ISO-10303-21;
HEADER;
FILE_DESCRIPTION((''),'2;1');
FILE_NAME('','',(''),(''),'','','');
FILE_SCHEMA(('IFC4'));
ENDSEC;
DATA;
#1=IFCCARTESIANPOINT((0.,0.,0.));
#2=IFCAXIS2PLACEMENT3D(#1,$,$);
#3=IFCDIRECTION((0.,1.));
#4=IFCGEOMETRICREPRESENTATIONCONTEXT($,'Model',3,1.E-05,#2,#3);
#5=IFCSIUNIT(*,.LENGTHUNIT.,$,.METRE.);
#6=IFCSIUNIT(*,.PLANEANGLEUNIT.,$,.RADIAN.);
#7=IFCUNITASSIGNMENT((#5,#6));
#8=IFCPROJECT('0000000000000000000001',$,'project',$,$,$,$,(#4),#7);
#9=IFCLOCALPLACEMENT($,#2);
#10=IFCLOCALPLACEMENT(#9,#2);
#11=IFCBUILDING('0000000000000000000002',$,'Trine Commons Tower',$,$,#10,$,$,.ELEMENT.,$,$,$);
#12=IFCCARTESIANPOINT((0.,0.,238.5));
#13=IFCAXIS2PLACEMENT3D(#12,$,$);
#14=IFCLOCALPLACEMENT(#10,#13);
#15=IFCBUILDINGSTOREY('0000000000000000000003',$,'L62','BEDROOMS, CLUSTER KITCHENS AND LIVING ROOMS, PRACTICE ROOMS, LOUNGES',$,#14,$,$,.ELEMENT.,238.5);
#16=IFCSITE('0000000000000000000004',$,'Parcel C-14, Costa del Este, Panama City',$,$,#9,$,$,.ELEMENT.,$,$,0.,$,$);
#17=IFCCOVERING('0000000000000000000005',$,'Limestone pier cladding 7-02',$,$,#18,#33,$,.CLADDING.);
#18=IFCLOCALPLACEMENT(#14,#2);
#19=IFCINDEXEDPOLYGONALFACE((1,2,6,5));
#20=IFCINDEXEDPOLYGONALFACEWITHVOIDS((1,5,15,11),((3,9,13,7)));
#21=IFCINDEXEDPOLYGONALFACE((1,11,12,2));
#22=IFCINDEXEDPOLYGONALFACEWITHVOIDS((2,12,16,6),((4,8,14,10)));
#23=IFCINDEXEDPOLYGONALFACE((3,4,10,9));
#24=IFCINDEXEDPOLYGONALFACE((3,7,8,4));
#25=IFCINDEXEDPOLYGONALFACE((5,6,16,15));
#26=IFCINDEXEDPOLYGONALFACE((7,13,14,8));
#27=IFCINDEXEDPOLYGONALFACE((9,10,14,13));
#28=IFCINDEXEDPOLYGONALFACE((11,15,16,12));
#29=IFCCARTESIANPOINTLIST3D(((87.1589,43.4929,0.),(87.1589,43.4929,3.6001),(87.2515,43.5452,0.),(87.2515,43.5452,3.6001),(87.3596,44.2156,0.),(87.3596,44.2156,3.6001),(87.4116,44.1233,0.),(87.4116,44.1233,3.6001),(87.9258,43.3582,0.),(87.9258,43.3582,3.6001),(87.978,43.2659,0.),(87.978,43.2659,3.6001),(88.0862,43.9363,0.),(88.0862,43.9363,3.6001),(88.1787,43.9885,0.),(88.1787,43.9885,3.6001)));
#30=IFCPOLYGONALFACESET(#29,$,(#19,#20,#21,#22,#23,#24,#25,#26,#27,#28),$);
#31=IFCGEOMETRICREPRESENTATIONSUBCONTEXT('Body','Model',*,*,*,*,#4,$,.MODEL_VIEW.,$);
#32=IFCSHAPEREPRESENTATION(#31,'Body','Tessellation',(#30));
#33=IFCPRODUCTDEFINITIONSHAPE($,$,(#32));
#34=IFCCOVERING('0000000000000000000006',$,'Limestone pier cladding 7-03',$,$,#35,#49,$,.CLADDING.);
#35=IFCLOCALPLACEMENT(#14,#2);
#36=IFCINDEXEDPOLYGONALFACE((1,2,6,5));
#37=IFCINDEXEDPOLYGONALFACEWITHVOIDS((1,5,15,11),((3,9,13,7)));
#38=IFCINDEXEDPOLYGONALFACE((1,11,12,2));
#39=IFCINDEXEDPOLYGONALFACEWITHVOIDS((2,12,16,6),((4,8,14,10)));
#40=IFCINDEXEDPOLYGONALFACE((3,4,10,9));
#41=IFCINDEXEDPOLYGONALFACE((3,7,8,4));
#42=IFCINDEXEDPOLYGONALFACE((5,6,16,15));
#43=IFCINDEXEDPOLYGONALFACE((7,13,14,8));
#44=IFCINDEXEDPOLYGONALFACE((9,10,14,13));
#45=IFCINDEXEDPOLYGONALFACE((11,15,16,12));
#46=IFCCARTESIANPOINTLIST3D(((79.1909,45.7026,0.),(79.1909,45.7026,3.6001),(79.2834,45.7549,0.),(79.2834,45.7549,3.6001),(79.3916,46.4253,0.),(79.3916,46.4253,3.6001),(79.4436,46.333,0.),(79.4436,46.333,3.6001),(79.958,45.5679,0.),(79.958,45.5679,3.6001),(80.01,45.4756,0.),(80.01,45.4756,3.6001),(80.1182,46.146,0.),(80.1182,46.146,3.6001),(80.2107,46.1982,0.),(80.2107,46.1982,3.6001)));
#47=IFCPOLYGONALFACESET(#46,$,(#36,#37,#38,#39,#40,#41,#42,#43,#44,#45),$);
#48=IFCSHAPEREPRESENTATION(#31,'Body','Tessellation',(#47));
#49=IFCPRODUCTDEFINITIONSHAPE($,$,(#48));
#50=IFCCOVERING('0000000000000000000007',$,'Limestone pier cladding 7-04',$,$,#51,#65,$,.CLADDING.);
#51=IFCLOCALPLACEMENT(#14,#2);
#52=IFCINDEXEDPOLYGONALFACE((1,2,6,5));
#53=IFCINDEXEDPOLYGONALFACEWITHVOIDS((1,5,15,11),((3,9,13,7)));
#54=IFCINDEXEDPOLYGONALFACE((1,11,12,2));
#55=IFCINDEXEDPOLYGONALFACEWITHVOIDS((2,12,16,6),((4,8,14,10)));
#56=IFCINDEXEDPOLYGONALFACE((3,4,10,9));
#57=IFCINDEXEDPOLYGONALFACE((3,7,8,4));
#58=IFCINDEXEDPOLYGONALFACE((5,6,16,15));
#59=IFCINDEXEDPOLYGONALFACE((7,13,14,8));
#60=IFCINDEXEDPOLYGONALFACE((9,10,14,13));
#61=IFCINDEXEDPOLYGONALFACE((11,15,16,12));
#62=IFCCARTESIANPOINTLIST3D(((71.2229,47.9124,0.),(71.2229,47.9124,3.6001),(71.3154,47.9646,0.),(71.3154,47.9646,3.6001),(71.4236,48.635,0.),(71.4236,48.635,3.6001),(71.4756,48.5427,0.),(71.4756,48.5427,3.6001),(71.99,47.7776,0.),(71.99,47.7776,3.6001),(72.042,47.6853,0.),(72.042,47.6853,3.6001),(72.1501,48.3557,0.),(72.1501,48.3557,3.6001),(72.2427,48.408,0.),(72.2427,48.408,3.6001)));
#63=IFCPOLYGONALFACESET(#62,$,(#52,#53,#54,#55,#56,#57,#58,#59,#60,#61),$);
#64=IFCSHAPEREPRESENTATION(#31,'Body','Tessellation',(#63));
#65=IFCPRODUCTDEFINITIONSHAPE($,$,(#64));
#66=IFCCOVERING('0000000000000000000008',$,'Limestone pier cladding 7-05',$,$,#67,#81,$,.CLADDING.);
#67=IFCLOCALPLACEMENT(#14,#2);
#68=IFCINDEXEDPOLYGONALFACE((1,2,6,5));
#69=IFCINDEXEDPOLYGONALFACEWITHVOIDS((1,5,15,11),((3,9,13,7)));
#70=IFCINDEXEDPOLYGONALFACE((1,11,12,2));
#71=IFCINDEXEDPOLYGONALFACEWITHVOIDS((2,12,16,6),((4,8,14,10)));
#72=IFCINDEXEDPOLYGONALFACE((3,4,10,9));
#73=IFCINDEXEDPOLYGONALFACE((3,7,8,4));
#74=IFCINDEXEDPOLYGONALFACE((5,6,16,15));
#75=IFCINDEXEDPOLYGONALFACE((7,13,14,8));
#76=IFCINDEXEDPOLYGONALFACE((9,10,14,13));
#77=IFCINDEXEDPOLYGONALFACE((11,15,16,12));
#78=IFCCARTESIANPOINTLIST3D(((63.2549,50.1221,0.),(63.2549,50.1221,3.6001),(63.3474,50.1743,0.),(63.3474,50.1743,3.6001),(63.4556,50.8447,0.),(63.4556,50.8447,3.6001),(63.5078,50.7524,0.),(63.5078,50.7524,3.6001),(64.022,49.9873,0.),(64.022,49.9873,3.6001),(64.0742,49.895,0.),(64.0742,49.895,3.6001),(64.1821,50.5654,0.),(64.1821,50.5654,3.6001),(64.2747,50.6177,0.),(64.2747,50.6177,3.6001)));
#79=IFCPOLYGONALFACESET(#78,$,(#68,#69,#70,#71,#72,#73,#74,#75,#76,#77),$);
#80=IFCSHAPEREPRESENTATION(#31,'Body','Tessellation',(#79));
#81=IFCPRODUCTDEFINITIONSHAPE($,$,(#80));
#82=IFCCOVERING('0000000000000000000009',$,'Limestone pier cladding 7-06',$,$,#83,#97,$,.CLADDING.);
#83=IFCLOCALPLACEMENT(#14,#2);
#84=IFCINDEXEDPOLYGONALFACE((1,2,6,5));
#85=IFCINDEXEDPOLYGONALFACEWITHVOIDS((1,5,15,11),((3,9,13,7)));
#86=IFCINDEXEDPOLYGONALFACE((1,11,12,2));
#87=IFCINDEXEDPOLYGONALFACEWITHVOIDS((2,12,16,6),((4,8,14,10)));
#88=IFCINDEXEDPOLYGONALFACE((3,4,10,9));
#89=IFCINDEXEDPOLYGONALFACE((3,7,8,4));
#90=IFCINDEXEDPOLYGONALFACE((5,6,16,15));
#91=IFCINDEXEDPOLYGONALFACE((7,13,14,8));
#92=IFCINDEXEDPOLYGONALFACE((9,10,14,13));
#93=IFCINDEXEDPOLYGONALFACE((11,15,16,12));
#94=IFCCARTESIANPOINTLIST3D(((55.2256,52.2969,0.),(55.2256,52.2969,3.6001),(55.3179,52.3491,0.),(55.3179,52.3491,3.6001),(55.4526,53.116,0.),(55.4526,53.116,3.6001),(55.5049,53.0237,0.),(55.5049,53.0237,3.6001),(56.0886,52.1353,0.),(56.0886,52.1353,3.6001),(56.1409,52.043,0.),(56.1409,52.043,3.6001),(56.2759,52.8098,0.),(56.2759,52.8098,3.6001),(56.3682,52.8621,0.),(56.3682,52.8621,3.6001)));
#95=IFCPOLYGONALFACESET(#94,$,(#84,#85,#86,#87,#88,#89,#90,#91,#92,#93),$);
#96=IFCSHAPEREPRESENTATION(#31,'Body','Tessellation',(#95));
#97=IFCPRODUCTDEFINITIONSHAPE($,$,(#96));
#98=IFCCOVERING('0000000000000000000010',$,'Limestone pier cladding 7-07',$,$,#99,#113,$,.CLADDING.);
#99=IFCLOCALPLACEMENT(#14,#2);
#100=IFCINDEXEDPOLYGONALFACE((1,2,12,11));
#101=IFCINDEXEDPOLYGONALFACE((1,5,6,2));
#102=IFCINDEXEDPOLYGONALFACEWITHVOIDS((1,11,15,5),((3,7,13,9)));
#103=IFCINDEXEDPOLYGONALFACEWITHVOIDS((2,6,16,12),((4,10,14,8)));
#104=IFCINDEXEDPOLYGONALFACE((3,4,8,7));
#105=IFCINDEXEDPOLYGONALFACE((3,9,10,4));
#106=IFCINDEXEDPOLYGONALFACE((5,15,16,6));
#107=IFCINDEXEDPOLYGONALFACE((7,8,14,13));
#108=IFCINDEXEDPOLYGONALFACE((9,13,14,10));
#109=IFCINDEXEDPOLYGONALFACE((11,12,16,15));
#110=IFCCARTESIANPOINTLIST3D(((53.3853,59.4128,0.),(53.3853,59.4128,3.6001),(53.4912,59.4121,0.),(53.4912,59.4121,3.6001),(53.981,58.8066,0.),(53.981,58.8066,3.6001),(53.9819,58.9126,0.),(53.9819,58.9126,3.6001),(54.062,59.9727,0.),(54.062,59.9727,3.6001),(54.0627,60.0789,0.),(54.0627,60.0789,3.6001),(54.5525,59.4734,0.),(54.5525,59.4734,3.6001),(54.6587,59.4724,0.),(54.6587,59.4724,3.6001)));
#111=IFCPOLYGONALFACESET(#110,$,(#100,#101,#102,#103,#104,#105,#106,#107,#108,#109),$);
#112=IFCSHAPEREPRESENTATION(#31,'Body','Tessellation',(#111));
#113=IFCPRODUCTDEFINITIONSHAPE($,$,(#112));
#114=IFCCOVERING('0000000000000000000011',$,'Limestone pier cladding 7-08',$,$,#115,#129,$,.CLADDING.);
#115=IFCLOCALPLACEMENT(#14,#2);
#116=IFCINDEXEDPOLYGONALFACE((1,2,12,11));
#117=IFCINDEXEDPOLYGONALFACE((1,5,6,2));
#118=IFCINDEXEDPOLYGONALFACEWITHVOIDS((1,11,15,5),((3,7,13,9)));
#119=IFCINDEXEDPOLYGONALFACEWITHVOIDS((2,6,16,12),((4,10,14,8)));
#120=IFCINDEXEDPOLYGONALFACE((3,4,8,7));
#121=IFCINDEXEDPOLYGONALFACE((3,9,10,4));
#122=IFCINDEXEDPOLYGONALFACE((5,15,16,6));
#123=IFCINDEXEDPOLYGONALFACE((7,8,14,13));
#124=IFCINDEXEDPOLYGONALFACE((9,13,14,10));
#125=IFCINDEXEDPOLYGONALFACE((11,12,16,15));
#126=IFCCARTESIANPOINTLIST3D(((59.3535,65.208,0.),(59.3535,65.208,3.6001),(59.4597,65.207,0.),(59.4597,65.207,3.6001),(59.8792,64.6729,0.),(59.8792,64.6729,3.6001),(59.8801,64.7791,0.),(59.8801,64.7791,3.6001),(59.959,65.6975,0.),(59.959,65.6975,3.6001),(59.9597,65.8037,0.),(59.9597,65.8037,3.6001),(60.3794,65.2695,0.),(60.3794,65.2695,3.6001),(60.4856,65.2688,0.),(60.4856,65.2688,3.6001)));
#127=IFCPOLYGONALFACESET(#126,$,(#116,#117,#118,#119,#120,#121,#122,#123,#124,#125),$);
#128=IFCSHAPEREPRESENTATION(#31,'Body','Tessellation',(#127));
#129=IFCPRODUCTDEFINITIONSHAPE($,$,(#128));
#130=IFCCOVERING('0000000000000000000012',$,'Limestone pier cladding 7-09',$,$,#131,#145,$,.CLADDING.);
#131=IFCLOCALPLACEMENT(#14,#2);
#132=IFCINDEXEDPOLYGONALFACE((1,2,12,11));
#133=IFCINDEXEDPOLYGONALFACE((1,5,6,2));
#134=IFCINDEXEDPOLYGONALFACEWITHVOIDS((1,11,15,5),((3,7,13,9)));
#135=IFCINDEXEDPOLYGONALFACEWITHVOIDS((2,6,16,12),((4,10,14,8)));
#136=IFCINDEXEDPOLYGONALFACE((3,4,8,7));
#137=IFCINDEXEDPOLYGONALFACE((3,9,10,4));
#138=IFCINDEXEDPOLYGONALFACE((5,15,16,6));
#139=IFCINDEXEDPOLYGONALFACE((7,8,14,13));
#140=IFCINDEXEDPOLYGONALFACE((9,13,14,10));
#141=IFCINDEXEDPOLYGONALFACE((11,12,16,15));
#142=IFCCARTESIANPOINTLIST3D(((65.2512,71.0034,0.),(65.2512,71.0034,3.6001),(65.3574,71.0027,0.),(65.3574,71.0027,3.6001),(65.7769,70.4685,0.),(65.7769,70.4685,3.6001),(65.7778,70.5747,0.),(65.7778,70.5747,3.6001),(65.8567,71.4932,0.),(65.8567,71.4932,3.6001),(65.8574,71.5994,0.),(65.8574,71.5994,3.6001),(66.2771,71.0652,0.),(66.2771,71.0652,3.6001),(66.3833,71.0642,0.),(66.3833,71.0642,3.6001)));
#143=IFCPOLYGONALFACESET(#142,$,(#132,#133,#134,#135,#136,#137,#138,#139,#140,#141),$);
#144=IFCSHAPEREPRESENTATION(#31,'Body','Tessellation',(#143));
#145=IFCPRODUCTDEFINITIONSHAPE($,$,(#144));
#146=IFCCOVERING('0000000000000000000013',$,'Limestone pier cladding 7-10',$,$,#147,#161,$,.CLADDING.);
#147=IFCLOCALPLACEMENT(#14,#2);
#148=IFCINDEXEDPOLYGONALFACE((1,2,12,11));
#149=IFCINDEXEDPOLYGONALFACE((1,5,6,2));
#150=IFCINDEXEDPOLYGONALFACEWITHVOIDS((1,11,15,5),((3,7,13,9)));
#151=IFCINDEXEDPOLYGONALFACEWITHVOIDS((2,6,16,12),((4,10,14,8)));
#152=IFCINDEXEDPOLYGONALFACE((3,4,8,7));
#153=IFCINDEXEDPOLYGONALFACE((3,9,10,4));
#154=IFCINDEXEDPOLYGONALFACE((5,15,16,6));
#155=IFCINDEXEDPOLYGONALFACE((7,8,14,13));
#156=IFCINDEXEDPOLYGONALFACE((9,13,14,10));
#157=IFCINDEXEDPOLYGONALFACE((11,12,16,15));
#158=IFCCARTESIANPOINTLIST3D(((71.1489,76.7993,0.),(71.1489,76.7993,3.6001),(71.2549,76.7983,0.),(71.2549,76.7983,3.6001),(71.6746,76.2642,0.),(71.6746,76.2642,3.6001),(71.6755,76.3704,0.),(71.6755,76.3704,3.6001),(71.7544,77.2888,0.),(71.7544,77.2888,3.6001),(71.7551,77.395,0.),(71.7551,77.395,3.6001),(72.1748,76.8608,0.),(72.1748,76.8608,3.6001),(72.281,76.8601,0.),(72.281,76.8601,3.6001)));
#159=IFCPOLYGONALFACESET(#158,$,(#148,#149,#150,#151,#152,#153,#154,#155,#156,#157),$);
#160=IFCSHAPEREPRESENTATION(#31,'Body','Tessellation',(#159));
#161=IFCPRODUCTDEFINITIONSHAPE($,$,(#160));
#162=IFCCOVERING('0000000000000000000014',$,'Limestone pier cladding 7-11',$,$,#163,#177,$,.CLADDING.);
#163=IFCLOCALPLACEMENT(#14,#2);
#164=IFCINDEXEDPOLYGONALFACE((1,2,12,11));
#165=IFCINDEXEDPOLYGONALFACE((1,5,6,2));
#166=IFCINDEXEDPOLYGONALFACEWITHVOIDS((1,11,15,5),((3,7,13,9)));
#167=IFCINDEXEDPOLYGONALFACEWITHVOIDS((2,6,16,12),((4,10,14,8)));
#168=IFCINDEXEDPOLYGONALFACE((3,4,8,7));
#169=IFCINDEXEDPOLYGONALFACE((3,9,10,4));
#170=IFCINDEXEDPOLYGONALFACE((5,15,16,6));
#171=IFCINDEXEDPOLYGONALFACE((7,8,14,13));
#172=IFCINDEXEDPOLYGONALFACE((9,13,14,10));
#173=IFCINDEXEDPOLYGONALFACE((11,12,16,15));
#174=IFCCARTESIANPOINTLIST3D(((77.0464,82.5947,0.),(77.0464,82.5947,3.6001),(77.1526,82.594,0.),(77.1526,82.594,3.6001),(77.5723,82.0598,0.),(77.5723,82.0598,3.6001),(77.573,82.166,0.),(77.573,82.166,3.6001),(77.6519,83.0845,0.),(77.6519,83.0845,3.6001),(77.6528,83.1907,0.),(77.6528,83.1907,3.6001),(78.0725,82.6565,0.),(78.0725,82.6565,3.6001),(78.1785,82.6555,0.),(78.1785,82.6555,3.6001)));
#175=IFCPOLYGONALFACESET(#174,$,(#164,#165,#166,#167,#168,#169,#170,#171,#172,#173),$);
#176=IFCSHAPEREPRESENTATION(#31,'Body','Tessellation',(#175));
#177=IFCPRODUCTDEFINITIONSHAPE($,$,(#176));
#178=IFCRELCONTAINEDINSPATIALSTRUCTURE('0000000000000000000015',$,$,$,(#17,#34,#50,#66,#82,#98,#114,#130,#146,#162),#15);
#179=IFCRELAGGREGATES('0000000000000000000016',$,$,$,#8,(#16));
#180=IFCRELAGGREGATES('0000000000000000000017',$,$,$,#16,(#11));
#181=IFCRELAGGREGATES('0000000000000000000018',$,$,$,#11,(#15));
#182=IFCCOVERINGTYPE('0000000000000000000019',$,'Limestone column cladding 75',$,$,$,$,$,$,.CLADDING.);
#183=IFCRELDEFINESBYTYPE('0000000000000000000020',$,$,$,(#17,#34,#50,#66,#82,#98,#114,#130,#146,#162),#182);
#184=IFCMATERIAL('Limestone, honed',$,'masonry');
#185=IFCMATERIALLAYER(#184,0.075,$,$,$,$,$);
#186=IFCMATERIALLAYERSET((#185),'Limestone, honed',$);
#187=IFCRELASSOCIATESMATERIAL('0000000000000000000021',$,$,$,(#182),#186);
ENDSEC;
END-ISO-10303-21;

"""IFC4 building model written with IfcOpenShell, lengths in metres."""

from ifc_helpers import new_model, si_unit, direction, frame, origin, place, context, subcontext, project, spatial, polyline, outline, extrude, material, layer, layer_set, type_object, element, save


model = new_model("IFC4")

# Units and contexts
model_context = context("Model", 3, precision=1e-05, world=origin(), true_north=direction((0.0, 1.0)))
body_context = subcontext(model_context, "Body", "Model", "MODEL_VIEW")
ifc_project = project(units=[si_unit("LENGTHUNIT", "METRE"), si_unit("PLANEANGLEUNIT", "RADIAN")], contexts=[model_context])

# Site, building, storey
site_placement = place(None, origin())
site = spatial("IfcSite", under=ifc_project, at=site_placement, Name="Parcel C-14, Costa del Este, Panama City", CompositionType="ELEMENT", RefElevation=0.0)
building_placement = place(site_placement, origin())
building = spatial("IfcBuilding", under=site, at=building_placement, Name="Trine Commons Tower", CompositionType="ELEMENT")
storey_placement = place(building_placement, frame((0.0, 0.0, 238.5)))
storey = spatial("IfcBuildingStorey", under=building, at=storey_placement, Name="L62", Description="BEDROOMS, CLUSTER KITCHENS AND LIVING ROOMS, PRACTICE ROOMS, LOUNGES", CompositionType="ELEMENT", Elevation=238.5)

# Coverings
ifc_material_1 = material(Name="Limestone, honed", Category="masonry")
ifc_layer_1 = layer(ifc_material_1, 0.075)
ifc_layer_set_1 = layer_set([ifc_layer_1], Name="Limestone, honed")
covering_type_1 = type_object("IfcCoveringType", Name="Limestone column cladding 75", PredefinedType="CLADDING", material=ifc_layer_set_1)
covering_1_placement = place(storey_placement, origin())
element("IfcCovering", 1, at=covering_1_placement, inside=storey, type_object=covering_type_1, Name="Limestone pier cladding 7-02", PredefinedType="CLADDING", context=body_context, shape_type="SweptSolid", body=[
    extrude(outline(polyline([(87.3596, 44.2156), (87.1589, 43.4929), (87.978, 43.2659), (88.1787, 43.9885), (87.3596, 44.2156)]), holes=[polyline([(87.4116, 44.1233), (87.2515, 43.5452), (87.9258, 43.3582), (88.0862, 43.9363), (87.4116, 44.1233)])]), origin(), (0.0, 0.0, 1.0), 3.6001),
])
covering_2_placement = place(storey_placement, origin())
element("IfcCovering", 2, at=covering_2_placement, inside=storey, type_object=covering_type_1, Name="Limestone pier cladding 7-03", PredefinedType="CLADDING", context=body_context, shape_type="SweptSolid", body=[
    extrude(outline(polyline([(79.3916, 46.4253), (79.1909, 45.7026), (80.01, 45.4756), (80.2107, 46.1982), (79.3916, 46.4253)]), holes=[polyline([(79.4436, 46.333), (79.2834, 45.7549), (79.958, 45.5679), (80.1182, 46.146), (79.4436, 46.333)])]), origin(), (0.0, 0.0, 1.0), 3.6001),
])
covering_3_placement = place(storey_placement, origin())
element("IfcCovering", 3, at=covering_3_placement, inside=storey, type_object=covering_type_1, Name="Limestone pier cladding 7-04", PredefinedType="CLADDING", context=body_context, shape_type="SweptSolid", body=[
    extrude(outline(polyline([(71.4236, 48.635), (71.2229, 47.9124), (72.042, 47.6853), (72.2427, 48.408), (71.4236, 48.635)]), holes=[polyline([(71.4756, 48.5427), (71.3154, 47.9646), (71.99, 47.7776), (72.1501, 48.3557), (71.4756, 48.5427)])]), origin(), (0.0, 0.0, 1.0), 3.6001),
])
covering_4_placement = place(storey_placement, origin())
element("IfcCovering", 4, at=covering_4_placement, inside=storey, type_object=covering_type_1, Name="Limestone pier cladding 7-05", PredefinedType="CLADDING", context=body_context, shape_type="SweptSolid", body=[
    extrude(outline(polyline([(63.4556, 50.8447), (63.2549, 50.1221), (64.0742, 49.895), (64.2747, 50.6177), (63.4556, 50.8447)]), holes=[polyline([(63.5078, 50.7524), (63.3474, 50.1743), (64.022, 49.9873), (64.1821, 50.5654), (63.5078, 50.7524)])]), origin(), (0.0, 0.0, 1.0), 3.6001),
])
covering_5_placement = place(storey_placement, origin())
element("IfcCovering", 5, at=covering_5_placement, inside=storey, type_object=covering_type_1, Name="Limestone pier cladding 7-06", PredefinedType="CLADDING", context=body_context, shape_type="SweptSolid", body=[
    extrude(outline(polyline([(55.4526, 53.116), (55.2256, 52.2969), (56.1409, 52.043), (56.3682, 52.8621), (55.4526, 53.116)]), holes=[polyline([(55.5049, 53.0237), (55.3179, 52.3491), (56.0886, 52.1353), (56.2759, 52.8098), (55.5049, 53.0237)])]), origin(), (0.0, 0.0, 1.0), 3.6001),
])
covering_6_placement = place(storey_placement, origin())
element("IfcCovering", 6, at=covering_6_placement, inside=storey, type_object=covering_type_1, Name="Limestone pier cladding 7-07", PredefinedType="CLADDING", context=body_context, shape_type="SweptSolid", body=[
    extrude(outline(polyline([(54.6587, 59.4724), (54.0627, 60.0789), (53.3853, 59.4128), (53.981, 58.8066), (54.6587, 59.4724)]), holes=[polyline([(54.5525, 59.4734), (54.062, 59.9727), (53.4912, 59.4121), (53.9819, 58.9126), (54.5525, 59.4734)])]), origin(), (0.0, 0.0, 1.0), 3.6001),
])
covering_7_placement = place(storey_placement, origin())
element("IfcCovering", 7, at=covering_7_placement, inside=storey, type_object=covering_type_1, Name="Limestone pier cladding 7-08", PredefinedType="CLADDING", context=body_context, shape_type="SweptSolid", body=[
    extrude(outline(polyline([(60.4856, 65.2688), (59.9597, 65.8037), (59.3535, 65.208), (59.8792, 64.6729), (60.4856, 65.2688)]), holes=[polyline([(60.3794, 65.2695), (59.959, 65.6975), (59.4597, 65.207), (59.8801, 64.7791), (60.3794, 65.2695)])]), origin(), (0.0, 0.0, 1.0), 3.6001),
])
covering_8_placement = place(storey_placement, origin())
element("IfcCovering", 8, at=covering_8_placement, inside=storey, type_object=covering_type_1, Name="Limestone pier cladding 7-09", PredefinedType="CLADDING", context=body_context, shape_type="SweptSolid", body=[
    extrude(outline(polyline([(66.3833, 71.0642), (65.8574, 71.5994), (65.2512, 71.0034), (65.7769, 70.4685), (66.3833, 71.0642)]), holes=[polyline([(66.2771, 71.0652), (65.8567, 71.4932), (65.3574, 71.0027), (65.7778, 70.5747), (66.2771, 71.0652)])]), origin(), (0.0, 0.0, 1.0), 3.6001),
])
covering_9_placement = place(storey_placement, origin())
element("IfcCovering", 9, at=covering_9_placement, inside=storey, type_object=covering_type_1, Name="Limestone pier cladding 7-10", PredefinedType="CLADDING", context=body_context, shape_type="SweptSolid", body=[
    extrude(outline(polyline([(72.281, 76.8601), (71.7551, 77.395), (71.1489, 76.7993), (71.6746, 76.2642), (72.281, 76.8601)]), holes=[polyline([(72.1748, 76.8608), (71.7544, 77.2888), (71.2549, 76.7983), (71.6755, 76.3704), (72.1748, 76.8608)])]), origin(), (0.0, 0.0, 1.0), 3.6001),
])
covering_10_placement = place(storey_placement, origin())
element("IfcCovering", 10, at=covering_10_placement, inside=storey, type_object=covering_type_1, Name="Limestone pier cladding 7-11", PredefinedType="CLADDING", context=body_context, shape_type="SweptSolid", body=[
    extrude(outline(polyline([(78.1785, 82.6555), (77.6528, 83.1907), (77.0464, 82.5947), (77.5723, 82.0598), (78.1785, 82.6555)]), holes=[polyline([(78.0725, 82.6565), (77.6519, 83.0845), (77.1526, 82.594), (77.573, 82.166), (78.0725, 82.6565)])]), origin(), (0.0, 0.0, 1.0), 3.6001),
])

save(model, "model.ifc")
